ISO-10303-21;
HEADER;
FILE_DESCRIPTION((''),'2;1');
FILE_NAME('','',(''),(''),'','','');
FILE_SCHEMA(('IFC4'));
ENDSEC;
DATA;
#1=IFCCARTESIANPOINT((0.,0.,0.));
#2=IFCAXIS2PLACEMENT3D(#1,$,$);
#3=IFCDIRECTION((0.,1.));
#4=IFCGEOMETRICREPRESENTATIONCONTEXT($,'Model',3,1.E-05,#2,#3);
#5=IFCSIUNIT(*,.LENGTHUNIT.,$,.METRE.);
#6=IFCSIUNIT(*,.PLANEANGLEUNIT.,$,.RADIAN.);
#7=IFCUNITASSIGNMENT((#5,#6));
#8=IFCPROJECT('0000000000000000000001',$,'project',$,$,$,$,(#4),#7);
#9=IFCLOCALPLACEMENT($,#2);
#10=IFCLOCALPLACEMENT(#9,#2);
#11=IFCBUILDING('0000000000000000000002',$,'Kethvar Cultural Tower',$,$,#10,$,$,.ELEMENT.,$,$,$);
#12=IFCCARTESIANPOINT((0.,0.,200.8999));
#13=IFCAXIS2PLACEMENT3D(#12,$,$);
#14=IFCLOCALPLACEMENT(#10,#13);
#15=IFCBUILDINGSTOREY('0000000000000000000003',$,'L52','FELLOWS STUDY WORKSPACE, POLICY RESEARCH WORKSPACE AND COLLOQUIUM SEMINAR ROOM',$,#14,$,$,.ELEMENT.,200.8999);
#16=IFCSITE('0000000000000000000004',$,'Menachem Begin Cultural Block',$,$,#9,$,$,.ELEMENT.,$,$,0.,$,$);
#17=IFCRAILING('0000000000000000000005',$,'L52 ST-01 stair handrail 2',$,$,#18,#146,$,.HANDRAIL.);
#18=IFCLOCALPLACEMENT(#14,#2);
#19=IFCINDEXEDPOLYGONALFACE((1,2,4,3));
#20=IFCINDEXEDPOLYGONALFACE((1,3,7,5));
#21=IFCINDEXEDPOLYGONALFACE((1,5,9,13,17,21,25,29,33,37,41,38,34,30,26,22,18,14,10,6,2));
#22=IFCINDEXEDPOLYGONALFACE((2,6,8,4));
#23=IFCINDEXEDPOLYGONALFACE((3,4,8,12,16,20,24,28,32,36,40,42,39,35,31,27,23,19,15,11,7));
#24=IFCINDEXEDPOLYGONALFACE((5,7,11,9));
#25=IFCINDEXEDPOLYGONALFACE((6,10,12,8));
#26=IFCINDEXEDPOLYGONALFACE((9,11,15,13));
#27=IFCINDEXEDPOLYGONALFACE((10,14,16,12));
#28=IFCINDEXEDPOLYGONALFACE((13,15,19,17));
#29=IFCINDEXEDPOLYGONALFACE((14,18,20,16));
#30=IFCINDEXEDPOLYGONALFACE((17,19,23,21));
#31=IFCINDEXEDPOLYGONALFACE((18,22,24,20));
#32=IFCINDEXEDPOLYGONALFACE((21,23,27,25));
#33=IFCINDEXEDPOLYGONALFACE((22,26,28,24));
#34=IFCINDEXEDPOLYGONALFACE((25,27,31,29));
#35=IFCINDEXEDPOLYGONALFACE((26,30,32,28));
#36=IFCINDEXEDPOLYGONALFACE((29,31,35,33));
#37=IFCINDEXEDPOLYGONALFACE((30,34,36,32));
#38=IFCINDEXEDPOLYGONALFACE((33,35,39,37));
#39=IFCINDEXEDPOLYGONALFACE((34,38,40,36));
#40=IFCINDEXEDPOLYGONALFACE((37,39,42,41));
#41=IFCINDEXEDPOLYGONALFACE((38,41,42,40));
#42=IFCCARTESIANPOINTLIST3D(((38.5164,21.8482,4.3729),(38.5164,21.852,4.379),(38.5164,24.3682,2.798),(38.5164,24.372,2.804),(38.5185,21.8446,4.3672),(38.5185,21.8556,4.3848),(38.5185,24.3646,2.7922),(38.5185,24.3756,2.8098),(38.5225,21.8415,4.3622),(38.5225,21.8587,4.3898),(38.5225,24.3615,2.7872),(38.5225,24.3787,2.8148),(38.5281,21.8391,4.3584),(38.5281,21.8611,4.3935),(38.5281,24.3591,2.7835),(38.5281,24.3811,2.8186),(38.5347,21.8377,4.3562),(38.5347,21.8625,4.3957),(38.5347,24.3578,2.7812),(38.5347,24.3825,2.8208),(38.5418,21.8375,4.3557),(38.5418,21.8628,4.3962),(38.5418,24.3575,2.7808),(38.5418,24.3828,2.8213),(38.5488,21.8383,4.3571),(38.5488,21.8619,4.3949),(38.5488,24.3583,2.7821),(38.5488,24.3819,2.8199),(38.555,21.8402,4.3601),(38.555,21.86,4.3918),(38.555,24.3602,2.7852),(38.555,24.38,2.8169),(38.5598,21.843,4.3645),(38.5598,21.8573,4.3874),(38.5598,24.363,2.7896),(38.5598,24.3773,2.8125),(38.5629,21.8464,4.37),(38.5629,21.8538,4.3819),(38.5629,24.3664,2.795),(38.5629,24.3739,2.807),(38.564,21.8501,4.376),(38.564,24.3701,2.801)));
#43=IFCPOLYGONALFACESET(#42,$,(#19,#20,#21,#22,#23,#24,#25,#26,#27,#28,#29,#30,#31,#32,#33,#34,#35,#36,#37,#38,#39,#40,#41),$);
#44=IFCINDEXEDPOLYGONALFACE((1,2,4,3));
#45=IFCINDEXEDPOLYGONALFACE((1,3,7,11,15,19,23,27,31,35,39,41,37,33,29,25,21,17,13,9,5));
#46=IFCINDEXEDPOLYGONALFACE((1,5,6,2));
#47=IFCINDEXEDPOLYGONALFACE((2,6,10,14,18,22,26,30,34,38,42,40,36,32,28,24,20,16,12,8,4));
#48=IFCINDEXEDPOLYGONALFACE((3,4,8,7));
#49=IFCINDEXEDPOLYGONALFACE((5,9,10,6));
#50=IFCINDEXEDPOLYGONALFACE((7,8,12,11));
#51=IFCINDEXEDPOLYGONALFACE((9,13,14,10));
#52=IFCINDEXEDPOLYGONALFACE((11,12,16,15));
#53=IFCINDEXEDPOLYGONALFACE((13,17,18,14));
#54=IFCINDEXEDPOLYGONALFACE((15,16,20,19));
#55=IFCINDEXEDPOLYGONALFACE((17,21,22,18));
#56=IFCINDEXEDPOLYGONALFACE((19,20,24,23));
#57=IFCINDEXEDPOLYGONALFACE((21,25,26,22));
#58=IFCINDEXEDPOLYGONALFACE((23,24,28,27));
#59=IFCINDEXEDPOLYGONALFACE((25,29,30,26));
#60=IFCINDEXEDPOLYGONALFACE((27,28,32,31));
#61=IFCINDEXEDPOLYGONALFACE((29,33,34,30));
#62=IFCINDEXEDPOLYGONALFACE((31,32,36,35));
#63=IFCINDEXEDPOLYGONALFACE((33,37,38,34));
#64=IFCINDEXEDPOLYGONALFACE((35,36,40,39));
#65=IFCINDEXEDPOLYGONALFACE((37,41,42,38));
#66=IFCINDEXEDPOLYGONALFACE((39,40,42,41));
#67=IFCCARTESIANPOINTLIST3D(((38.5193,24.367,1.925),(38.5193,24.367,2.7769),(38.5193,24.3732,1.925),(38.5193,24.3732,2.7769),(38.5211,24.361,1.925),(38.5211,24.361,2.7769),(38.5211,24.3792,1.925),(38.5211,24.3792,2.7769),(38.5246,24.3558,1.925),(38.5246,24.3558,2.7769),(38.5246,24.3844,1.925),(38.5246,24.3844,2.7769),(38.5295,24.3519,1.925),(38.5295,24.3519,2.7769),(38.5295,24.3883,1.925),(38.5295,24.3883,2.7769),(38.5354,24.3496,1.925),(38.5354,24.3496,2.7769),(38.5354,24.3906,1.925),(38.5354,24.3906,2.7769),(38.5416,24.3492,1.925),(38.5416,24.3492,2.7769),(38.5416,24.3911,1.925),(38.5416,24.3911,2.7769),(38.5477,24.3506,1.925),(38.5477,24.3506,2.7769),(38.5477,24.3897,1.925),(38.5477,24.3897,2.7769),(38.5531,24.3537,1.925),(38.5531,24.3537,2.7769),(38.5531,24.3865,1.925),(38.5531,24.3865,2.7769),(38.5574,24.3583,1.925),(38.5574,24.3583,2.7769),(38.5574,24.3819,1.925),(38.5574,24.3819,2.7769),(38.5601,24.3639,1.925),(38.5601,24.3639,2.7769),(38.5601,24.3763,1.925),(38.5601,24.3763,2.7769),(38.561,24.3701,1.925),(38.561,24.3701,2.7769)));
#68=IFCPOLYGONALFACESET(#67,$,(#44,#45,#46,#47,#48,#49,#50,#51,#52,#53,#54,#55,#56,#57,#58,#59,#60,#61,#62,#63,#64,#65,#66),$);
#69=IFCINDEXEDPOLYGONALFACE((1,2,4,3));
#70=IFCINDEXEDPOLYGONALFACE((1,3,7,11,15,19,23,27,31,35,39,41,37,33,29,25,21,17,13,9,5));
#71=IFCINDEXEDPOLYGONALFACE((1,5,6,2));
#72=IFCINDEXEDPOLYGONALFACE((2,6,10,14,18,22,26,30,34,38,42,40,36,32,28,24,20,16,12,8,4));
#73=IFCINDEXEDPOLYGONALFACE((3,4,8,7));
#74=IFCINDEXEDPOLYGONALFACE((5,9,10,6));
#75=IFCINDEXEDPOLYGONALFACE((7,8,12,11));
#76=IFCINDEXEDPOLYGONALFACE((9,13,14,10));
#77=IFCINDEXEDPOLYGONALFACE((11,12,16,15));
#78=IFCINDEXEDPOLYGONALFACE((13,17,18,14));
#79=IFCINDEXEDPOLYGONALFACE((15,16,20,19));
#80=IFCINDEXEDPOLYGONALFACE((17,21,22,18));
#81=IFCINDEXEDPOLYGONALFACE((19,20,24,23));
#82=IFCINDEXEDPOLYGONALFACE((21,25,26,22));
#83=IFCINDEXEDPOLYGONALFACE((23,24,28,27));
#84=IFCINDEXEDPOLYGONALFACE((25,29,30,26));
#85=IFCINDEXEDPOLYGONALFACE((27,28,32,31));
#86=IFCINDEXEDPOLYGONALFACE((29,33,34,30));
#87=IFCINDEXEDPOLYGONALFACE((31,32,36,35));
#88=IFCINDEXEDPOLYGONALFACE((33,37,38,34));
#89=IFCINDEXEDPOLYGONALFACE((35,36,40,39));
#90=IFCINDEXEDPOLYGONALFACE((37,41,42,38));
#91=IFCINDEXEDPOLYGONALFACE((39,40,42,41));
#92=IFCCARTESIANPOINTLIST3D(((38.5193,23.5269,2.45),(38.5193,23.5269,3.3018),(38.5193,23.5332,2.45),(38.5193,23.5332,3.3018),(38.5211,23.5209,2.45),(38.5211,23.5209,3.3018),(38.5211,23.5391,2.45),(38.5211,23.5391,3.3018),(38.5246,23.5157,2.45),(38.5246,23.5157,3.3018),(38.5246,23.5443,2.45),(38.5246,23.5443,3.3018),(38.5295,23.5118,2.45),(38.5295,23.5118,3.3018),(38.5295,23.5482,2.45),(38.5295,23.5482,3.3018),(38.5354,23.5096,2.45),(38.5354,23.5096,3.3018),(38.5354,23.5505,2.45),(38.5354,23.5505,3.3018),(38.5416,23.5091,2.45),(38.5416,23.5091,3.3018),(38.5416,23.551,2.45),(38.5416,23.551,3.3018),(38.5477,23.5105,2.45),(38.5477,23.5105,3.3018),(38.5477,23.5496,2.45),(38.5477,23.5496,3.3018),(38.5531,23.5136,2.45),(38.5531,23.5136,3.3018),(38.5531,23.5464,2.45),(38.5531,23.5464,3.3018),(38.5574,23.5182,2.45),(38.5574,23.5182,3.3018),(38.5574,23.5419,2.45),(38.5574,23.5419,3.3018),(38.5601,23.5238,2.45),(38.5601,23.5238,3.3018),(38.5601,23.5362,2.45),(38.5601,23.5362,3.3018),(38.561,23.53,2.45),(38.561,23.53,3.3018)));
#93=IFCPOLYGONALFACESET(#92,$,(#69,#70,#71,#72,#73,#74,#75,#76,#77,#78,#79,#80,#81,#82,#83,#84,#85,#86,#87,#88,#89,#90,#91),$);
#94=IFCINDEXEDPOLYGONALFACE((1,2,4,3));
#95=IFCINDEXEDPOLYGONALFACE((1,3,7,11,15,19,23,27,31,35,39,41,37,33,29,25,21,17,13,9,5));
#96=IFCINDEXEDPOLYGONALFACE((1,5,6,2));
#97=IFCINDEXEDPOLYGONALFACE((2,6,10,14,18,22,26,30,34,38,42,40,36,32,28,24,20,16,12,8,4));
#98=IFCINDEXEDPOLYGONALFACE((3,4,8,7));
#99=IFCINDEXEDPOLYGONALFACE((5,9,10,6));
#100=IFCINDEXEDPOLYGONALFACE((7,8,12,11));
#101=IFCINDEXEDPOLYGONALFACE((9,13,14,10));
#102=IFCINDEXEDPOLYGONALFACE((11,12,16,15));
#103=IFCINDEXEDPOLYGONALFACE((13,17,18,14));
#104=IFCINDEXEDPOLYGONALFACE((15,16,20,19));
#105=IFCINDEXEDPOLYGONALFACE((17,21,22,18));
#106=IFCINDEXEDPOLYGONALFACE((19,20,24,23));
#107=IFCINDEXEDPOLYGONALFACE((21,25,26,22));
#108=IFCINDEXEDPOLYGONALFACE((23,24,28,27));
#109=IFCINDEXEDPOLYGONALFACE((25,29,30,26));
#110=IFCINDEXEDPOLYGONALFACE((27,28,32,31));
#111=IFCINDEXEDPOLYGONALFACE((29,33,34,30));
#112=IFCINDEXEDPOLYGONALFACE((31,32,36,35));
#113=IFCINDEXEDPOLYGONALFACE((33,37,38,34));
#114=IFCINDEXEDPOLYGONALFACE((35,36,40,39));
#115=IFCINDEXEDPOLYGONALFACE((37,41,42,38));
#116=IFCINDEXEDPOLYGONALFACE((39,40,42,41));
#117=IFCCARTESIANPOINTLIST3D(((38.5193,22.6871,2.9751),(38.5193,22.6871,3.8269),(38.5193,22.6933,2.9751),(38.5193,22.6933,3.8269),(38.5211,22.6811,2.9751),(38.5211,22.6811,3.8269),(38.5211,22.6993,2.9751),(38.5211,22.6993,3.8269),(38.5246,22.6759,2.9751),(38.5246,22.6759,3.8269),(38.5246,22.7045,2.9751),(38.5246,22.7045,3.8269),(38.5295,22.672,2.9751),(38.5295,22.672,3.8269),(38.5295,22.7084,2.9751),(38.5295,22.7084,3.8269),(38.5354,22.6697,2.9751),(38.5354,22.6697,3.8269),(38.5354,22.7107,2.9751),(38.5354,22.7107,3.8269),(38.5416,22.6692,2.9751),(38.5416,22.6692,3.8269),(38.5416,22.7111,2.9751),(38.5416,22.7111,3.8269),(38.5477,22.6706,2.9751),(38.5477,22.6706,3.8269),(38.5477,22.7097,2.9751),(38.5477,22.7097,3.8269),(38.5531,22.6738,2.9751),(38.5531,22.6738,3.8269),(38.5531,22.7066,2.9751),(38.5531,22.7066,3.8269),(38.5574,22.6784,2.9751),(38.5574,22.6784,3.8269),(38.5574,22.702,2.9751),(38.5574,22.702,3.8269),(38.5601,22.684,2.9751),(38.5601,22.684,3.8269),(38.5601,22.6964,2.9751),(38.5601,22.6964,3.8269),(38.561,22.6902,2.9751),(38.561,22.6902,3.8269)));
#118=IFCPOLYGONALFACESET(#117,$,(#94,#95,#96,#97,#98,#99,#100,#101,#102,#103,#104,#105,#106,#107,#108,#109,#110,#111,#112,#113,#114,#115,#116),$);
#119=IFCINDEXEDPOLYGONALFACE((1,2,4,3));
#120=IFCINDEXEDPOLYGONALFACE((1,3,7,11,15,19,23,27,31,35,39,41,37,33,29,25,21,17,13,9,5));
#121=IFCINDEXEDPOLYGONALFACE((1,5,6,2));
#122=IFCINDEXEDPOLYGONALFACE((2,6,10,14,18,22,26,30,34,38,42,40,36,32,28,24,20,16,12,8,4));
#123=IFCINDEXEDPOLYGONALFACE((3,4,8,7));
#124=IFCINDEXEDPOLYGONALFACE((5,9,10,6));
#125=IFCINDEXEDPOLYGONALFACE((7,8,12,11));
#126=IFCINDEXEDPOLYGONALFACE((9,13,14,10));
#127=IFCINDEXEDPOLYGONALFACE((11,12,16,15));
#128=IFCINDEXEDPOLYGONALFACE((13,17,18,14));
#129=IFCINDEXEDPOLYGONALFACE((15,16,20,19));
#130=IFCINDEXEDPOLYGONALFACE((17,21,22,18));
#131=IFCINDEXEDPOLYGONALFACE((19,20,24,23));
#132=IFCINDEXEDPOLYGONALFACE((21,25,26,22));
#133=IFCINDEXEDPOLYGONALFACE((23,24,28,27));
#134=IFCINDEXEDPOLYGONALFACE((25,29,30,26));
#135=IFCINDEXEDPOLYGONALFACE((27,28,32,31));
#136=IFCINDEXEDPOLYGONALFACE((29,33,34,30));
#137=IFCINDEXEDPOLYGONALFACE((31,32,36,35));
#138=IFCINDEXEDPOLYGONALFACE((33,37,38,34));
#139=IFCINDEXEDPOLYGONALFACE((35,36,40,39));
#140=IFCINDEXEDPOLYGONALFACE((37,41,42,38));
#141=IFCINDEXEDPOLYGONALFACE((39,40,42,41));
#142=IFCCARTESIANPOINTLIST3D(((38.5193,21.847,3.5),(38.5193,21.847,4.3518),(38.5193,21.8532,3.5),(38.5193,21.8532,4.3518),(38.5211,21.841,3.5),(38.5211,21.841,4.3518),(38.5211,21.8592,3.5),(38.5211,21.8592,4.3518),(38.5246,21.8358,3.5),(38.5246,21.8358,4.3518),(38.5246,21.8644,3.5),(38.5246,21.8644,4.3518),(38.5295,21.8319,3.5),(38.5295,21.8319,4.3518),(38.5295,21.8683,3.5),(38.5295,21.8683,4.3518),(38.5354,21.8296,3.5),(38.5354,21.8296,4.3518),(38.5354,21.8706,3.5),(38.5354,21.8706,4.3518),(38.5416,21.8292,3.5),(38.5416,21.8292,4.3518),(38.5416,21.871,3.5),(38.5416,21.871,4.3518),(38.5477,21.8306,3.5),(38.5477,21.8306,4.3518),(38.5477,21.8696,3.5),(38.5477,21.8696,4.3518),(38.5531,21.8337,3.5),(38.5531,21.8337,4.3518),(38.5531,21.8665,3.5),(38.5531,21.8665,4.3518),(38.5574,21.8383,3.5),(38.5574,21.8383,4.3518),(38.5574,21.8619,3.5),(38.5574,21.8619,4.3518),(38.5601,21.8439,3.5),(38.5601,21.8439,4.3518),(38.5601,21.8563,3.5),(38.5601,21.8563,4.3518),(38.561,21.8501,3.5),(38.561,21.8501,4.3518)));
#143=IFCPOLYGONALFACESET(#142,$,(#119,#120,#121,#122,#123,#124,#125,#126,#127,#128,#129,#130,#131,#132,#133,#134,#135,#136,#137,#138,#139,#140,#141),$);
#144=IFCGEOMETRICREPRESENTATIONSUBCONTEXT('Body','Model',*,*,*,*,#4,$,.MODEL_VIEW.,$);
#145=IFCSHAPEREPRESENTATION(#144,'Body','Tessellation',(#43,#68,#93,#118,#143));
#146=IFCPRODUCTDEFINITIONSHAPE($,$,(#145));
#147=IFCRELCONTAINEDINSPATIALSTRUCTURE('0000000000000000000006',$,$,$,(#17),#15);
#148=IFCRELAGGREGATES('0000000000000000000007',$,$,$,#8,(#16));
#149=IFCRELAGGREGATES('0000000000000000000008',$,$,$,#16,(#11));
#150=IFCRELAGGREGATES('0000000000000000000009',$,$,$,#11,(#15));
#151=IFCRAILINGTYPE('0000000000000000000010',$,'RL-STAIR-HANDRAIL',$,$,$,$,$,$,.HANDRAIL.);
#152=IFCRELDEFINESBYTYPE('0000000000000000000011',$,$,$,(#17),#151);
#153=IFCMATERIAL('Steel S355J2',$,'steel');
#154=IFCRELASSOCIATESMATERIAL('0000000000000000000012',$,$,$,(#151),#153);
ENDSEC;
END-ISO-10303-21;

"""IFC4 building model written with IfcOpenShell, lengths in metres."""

from ifc_helpers import new_model, si_unit, direction, frame, origin, origin_2d, place, context, subcontext, project, spatial, circle, extrude, material, type_object, element, save


model = new_model("IFC4")

# Units and contexts
model_context = context("Model", 3, precision=1e-05, world=origin(), true_north=direction((0.0, 1.0)))
body_context = subcontext(model_context, "Body", "Model", "MODEL_VIEW")
ifc_project = project(units=[si_unit("LENGTHUNIT", "METRE"), si_unit("PLANEANGLEUNIT", "RADIAN")], contexts=[model_context])

# Site, building, storey
site_placement = place(None, origin())
site = spatial("IfcSite", under=ifc_project, at=site_placement, Name="Menachem Begin Cultural Block", CompositionType="ELEMENT", RefElevation=0.0)
building_placement = place(site_placement, origin())
building = spatial("IfcBuilding", under=site, at=building_placement, Name="Kethvar Cultural Tower", CompositionType="ELEMENT")
storey_placement = place(building_placement, frame((0.0, 0.0, 200.8999)))
storey = spatial("IfcBuildingStorey", under=building, at=storey_placement, Name="L52", Description="FELLOWS STUDY WORKSPACE, POLICY RESEARCH WORKSPACE AND COLLOQUIUM SEMINAR ROOM", CompositionType="ELEMENT", Elevation=200.8999)

# Shared definitions
ifc_material_1 = material(Name="Steel S355J2", Category="steel")

# Railing
railing_type_1 = type_object("IfcRailingType", Name="RL-STAIR-HANDRAIL", PredefinedType="HANDRAIL", material=ifc_material_1)
railing_1_placement = place(storey_placement, frame((38.54, 24.3701, 1.925)))
element("IfcRailing", 1, at=railing_1_placement, inside=storey, type_object=railing_type_1, Name="L52 ST-01 stair handrail 2", PredefinedType="HANDRAIL", context=body_context, shape_type="SweptSolid", body=[
    extrude(circle(Radius=0.0239, at=origin_2d()), frame((0.0, 0.0, 0.876), z_axis=(0.0, -0.848008, 0.529984), x_axis=(1.0, 0.0, 0.0)), (0.0, 0.0, 1.0), 2.9717),
    extrude(circle(Radius=0.021, at=origin_2d()), origin(), (0.0, 0.0, 1.0), 0.8518),
    extrude(circle(Radius=0.021, at=origin_2d()), frame((0.0, -0.8401, 0.5249)), (0.0, 0.0, 1.0), 0.8518),
    extrude(circle(Radius=0.021, at=origin_2d()), frame((0.0, -1.6799, 1.05)), (0.0, 0.0, 1.0), 0.8518),
    extrude(circle(Radius=0.021, at=origin_2d()), frame((0.0, -2.52, 1.575)), (0.0, 0.0, 1.0), 0.8518),
])

save(model, "model.ifc")
